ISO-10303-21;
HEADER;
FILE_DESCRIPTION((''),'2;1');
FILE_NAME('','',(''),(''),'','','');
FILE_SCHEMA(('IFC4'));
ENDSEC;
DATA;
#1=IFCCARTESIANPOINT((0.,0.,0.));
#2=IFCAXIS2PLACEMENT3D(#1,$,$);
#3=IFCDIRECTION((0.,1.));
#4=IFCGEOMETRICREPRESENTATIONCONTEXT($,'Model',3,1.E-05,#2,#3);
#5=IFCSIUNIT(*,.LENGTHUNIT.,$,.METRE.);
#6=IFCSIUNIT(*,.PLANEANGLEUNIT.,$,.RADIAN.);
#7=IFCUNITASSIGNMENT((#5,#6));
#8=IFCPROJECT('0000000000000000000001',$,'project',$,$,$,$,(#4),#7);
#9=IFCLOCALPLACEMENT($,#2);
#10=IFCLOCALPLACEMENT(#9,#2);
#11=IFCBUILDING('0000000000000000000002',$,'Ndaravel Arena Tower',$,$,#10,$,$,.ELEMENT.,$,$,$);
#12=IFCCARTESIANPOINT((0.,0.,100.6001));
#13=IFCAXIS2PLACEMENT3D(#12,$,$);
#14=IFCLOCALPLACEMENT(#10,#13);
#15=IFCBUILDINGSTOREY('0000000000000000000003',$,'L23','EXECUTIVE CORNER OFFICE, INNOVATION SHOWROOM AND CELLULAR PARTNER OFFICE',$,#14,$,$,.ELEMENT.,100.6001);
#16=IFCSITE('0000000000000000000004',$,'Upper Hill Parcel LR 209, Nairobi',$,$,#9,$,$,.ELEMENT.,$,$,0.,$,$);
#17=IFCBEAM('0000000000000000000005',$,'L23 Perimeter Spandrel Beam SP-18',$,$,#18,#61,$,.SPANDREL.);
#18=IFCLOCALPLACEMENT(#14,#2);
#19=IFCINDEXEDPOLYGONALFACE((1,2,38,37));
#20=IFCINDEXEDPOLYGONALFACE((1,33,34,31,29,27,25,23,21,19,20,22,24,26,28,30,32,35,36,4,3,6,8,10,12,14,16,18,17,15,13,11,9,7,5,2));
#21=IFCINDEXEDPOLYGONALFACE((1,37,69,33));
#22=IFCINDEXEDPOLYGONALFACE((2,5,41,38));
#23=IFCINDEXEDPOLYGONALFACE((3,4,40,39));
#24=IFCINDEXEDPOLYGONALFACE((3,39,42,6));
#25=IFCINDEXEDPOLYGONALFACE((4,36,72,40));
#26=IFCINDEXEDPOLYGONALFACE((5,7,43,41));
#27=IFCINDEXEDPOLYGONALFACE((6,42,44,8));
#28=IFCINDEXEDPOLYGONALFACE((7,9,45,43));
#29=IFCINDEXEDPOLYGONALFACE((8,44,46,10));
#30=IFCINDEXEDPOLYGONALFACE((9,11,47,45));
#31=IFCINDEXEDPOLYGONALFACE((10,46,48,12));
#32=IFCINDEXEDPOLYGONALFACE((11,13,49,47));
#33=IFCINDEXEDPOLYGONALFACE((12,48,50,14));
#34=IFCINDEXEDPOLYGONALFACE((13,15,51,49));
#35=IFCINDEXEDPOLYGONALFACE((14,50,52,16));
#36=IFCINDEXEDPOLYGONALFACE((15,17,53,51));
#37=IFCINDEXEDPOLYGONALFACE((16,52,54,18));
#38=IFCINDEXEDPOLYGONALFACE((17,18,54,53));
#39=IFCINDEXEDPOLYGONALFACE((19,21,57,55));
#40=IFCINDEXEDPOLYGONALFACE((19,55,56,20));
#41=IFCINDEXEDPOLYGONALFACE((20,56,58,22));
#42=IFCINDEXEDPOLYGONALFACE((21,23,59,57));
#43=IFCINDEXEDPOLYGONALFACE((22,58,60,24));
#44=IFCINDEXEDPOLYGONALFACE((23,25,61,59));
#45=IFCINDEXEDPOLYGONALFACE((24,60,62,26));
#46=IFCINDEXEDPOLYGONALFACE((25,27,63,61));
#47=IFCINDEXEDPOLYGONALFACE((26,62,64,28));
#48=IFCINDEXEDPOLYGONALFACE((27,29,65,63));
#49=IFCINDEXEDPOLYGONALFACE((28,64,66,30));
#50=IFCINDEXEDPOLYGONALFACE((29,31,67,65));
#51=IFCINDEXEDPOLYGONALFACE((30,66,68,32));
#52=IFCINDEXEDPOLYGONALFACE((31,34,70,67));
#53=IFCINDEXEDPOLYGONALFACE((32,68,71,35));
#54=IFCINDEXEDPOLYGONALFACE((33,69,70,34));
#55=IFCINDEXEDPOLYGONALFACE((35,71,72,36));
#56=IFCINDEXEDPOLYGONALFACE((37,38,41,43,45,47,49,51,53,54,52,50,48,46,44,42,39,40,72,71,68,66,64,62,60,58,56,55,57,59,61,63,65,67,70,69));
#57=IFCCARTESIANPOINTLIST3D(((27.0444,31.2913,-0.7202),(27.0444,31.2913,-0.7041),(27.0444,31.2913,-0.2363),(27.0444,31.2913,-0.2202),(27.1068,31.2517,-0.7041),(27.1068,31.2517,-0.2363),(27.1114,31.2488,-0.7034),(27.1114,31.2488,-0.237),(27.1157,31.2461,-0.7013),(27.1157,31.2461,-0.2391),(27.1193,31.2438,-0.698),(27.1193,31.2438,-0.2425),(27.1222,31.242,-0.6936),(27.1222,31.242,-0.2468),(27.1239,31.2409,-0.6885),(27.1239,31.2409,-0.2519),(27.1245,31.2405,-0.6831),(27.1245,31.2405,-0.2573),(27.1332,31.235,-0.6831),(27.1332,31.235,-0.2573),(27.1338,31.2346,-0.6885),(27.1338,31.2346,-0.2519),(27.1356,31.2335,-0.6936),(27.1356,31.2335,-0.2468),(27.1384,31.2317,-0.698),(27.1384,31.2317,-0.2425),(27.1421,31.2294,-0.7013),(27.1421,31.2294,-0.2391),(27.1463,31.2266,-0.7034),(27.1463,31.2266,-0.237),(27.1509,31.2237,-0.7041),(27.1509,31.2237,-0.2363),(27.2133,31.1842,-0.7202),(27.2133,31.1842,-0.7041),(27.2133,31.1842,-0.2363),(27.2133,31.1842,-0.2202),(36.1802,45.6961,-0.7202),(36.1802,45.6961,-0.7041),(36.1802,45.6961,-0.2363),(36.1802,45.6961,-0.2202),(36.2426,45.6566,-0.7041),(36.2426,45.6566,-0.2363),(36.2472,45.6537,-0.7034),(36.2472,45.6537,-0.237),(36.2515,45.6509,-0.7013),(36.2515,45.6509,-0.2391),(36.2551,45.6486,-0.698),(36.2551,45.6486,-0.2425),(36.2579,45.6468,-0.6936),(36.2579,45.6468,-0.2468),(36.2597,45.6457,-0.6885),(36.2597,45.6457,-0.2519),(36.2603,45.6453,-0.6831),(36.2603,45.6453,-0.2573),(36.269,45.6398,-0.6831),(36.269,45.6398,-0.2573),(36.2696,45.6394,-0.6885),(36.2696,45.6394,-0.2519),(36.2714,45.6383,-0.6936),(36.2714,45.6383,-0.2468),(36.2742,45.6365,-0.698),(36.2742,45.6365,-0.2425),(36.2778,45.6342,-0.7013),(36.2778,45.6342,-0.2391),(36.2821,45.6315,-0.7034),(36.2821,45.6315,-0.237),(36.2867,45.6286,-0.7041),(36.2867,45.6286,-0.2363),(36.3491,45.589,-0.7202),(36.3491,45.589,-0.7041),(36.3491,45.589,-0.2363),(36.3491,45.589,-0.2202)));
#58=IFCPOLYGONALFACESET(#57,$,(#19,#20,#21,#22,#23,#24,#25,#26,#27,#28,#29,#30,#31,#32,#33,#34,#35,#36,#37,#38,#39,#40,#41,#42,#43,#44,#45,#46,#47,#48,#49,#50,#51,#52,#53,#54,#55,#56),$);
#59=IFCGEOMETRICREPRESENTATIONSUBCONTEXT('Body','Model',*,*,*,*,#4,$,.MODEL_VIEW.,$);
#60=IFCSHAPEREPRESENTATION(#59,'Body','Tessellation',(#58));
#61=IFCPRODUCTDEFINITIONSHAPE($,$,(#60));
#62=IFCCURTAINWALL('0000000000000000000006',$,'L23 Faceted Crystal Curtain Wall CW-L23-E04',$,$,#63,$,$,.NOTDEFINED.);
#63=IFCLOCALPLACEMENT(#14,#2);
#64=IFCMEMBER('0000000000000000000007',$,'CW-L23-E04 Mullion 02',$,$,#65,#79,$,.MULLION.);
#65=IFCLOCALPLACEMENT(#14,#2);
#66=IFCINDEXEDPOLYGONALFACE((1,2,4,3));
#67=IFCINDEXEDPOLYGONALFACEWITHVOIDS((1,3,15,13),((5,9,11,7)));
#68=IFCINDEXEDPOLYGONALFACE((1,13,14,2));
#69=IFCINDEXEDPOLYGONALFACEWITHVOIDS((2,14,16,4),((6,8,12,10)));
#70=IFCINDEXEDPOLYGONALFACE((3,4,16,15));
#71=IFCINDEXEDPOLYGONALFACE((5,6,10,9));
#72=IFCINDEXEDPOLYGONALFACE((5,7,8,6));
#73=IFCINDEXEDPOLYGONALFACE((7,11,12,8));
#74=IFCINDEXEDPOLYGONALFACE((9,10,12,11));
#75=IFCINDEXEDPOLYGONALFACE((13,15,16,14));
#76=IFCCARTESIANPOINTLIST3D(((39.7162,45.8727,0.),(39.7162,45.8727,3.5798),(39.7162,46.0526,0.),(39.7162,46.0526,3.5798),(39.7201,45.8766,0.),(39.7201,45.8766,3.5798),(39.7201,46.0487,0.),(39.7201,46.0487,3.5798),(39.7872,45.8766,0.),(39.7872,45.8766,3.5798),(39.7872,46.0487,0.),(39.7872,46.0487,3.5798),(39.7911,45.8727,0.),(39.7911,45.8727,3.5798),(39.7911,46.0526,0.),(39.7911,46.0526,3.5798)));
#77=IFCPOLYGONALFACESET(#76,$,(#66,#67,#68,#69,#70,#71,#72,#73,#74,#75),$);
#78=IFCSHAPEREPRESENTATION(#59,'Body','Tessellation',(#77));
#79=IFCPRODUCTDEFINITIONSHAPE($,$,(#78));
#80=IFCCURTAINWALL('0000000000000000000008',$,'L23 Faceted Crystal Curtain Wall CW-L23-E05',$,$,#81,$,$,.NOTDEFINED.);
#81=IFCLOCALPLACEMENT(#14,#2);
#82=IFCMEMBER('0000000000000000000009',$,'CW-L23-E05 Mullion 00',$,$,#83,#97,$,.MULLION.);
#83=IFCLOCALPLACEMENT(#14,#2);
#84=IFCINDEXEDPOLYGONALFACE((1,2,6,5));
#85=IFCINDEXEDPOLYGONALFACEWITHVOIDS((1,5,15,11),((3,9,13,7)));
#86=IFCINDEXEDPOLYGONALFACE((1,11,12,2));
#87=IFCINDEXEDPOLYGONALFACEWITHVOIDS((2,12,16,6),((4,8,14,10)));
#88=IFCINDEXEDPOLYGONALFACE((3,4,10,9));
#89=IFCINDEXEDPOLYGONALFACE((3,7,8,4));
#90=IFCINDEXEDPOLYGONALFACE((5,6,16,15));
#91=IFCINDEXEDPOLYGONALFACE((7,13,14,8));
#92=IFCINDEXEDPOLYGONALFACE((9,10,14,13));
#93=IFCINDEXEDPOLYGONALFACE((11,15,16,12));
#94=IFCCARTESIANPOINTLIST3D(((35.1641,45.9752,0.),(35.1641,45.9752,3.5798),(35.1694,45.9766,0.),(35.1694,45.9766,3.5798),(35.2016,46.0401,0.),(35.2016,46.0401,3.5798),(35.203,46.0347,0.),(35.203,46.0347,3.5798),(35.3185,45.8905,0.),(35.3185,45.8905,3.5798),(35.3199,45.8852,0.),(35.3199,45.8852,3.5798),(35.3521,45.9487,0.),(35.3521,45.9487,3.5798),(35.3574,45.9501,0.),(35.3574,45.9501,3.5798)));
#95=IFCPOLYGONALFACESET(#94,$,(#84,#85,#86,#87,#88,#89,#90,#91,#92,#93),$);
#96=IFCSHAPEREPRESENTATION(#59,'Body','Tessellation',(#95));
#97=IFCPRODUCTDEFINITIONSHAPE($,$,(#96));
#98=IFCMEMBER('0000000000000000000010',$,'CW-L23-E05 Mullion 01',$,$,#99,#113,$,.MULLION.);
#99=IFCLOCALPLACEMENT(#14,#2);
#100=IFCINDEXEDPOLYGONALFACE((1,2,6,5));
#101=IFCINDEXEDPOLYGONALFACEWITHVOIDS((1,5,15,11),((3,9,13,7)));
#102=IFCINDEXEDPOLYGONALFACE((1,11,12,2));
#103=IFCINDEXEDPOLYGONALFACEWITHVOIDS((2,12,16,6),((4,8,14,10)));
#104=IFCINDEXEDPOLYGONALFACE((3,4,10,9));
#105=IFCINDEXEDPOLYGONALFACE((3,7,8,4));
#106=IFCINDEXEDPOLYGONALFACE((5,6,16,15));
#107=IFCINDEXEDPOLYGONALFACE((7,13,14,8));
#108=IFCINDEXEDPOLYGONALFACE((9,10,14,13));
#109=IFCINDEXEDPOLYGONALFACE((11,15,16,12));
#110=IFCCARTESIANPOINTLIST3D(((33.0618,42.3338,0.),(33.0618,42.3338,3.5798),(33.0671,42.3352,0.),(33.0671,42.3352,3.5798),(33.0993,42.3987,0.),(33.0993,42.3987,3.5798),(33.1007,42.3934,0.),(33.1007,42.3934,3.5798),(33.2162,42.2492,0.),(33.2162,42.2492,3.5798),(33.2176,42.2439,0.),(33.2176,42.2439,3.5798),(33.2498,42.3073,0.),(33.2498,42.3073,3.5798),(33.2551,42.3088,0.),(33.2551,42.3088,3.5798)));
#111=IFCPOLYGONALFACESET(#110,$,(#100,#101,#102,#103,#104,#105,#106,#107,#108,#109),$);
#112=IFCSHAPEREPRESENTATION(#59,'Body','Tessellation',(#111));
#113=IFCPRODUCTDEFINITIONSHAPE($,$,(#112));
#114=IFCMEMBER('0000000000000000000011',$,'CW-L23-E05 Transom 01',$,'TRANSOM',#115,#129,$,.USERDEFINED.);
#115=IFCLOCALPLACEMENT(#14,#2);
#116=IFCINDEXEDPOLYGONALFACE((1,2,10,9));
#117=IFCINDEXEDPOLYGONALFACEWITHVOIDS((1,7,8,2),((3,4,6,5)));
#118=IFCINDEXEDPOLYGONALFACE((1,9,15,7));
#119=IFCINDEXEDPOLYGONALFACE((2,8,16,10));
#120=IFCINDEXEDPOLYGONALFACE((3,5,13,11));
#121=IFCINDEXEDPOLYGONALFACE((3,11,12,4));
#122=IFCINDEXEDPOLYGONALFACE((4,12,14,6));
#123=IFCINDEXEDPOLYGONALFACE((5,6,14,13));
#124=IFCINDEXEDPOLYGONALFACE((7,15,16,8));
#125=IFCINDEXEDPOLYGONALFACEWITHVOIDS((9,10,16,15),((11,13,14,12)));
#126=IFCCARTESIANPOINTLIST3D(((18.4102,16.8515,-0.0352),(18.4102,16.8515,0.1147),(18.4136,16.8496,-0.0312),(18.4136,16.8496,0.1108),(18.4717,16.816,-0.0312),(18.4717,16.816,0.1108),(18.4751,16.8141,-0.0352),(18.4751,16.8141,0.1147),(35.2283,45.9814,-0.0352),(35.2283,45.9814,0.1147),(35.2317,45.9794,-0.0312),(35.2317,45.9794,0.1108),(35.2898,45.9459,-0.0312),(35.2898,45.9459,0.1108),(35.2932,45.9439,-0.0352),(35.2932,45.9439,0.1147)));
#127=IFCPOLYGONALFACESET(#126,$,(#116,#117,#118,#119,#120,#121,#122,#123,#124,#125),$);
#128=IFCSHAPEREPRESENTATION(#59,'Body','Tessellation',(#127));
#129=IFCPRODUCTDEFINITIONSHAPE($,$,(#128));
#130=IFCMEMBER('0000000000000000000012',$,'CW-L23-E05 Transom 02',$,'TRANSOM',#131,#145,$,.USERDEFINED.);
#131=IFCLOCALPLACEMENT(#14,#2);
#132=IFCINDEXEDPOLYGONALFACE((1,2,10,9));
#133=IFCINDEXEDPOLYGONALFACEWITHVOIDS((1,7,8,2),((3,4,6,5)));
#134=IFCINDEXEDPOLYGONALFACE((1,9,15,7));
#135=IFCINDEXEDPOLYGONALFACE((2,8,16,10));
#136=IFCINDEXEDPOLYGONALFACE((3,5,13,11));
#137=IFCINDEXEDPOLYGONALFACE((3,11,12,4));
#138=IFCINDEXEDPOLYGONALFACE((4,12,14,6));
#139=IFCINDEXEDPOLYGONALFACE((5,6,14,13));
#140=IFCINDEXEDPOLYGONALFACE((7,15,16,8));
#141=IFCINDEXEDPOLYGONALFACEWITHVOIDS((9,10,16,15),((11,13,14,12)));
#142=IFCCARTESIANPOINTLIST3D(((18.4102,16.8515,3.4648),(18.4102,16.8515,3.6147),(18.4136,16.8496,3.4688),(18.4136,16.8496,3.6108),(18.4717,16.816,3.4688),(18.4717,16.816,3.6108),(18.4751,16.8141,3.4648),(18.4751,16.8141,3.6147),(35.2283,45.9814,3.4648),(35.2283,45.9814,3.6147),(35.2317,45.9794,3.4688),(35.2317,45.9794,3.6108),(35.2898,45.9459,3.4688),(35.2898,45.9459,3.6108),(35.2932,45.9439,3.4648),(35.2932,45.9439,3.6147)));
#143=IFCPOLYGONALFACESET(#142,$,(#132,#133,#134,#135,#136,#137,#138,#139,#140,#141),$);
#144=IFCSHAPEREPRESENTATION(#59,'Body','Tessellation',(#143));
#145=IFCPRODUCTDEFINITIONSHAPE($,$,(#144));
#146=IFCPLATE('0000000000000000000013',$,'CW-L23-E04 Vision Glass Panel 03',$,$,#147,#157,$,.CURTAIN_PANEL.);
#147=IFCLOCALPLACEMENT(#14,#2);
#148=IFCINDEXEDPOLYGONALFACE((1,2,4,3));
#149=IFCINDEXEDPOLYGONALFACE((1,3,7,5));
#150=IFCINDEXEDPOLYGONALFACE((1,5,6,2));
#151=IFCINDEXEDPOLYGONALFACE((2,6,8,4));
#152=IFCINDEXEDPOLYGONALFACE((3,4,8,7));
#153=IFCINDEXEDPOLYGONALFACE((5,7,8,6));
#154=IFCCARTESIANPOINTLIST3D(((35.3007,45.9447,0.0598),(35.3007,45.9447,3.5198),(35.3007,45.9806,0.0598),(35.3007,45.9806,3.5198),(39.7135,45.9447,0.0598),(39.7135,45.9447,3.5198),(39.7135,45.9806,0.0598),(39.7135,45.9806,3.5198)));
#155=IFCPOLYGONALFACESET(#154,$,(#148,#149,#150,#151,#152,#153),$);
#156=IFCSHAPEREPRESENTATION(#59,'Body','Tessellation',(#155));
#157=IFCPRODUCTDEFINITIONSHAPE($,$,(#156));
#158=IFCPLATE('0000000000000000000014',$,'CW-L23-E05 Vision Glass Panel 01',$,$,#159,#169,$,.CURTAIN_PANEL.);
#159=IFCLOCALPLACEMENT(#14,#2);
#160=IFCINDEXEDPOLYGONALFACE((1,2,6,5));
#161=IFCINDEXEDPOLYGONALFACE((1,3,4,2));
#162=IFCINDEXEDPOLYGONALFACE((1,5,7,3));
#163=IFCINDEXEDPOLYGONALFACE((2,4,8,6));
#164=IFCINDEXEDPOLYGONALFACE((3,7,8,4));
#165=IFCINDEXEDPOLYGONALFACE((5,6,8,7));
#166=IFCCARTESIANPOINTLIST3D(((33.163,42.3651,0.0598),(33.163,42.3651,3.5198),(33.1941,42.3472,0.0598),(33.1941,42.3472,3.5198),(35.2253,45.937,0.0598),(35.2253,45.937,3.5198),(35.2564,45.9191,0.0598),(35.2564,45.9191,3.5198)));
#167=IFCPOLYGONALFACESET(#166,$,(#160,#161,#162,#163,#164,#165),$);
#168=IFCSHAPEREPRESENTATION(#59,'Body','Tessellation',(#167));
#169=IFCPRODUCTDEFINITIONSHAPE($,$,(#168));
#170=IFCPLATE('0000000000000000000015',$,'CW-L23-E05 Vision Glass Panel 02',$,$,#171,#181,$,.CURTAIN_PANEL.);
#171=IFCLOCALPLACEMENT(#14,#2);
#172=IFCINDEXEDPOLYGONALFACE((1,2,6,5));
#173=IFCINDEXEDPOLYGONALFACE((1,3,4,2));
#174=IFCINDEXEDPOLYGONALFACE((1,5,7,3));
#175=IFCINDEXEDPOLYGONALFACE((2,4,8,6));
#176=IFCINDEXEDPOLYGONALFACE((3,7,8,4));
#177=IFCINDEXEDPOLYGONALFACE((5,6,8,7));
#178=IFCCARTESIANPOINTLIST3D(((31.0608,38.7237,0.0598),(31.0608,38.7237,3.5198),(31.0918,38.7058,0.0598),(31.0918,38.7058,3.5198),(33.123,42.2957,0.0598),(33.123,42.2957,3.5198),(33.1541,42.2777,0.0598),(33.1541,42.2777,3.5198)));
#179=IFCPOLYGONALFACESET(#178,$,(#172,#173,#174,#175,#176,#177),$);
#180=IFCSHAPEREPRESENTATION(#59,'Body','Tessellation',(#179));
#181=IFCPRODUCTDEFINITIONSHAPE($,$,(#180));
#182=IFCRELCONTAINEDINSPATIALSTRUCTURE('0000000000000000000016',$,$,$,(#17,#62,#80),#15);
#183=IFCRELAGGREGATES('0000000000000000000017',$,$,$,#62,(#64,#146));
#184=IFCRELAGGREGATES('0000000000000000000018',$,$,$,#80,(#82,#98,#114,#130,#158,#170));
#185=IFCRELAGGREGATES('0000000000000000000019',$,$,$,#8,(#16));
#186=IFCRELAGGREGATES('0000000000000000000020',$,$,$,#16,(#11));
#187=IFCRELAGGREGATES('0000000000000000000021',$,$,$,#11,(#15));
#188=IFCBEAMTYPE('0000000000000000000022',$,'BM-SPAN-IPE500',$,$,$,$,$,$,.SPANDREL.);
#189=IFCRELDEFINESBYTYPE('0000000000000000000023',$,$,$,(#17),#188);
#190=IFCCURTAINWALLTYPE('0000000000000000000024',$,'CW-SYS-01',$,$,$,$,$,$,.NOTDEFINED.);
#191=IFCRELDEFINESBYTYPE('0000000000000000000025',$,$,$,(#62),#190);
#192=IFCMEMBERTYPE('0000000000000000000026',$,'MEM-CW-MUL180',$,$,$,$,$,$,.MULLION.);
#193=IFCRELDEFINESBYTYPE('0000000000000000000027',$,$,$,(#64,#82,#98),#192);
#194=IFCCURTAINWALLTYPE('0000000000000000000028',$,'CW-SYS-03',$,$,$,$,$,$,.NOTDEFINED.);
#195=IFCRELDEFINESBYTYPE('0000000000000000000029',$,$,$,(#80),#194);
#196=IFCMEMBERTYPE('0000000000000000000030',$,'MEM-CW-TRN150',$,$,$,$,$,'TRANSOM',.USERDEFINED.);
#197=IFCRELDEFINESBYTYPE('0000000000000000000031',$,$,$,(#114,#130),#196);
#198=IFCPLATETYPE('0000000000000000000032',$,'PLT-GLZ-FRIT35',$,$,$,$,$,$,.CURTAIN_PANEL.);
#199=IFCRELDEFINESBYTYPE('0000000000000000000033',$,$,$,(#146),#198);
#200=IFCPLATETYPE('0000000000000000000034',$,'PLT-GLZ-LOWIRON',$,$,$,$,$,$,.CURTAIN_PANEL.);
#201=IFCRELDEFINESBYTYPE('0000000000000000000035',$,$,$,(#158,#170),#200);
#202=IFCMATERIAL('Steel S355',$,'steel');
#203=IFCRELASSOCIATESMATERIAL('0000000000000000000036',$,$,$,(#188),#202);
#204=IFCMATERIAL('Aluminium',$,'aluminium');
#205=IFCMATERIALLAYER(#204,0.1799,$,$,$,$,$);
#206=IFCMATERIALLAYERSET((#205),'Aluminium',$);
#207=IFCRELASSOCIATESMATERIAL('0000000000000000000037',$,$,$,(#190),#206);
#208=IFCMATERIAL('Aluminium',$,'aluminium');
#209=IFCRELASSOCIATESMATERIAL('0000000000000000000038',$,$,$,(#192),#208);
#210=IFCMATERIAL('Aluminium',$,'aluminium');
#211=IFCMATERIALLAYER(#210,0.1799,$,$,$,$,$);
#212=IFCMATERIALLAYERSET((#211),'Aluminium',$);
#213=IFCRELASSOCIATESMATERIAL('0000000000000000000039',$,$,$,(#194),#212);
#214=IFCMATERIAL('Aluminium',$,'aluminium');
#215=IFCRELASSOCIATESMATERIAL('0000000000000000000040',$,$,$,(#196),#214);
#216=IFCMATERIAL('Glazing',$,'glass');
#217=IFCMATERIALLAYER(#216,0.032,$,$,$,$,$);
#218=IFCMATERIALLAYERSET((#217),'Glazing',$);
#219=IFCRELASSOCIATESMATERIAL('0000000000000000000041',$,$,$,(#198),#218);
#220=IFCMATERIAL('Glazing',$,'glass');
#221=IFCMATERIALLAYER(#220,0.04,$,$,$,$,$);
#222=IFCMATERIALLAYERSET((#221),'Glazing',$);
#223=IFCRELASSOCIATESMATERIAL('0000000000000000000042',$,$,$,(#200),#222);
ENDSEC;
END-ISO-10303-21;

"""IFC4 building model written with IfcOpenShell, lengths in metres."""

from ifc_helpers import new_model, si_unit, direction, frame, origin, origin_2d, place, context, subcontext, project, spatial, rectangle, hollow_rectangle, i_section, extrude, material, layer, layer_set, material_profile, profile_set, type_object, element, aggregate, save


model = new_model("IFC4")

# Units and contexts
model_context = context("Model", 3, precision=1e-05, world=origin(), true_north=direction((0.0, 1.0)))
body_context = subcontext(model_context, "Body", "Model", "MODEL_VIEW")
ifc_project = project(units=[si_unit("LENGTHUNIT", "METRE"), si_unit("PLANEANGLEUNIT", "RADIAN")], contexts=[model_context])

# Site, building, storey
site_placement = place(None, origin())
site = spatial("IfcSite", under=ifc_project, at=site_placement, Name="Upper Hill Parcel LR 209, Nairobi", CompositionType="ELEMENT", RefElevation=0.0)
building_placement = place(site_placement, origin())
building = spatial("IfcBuilding", under=site, at=building_placement, Name="Ndaravel Arena Tower", CompositionType="ELEMENT")
storey_placement = place(building_placement, frame((0.0, 0.0, 100.6001)))
storey = spatial("IfcBuildingStorey", under=building, at=storey_placement, Name="L23", Description="EXECUTIVE CORNER OFFICE, INNOVATION SHOWROOM AND CELLULAR PARTNER OFFICE", CompositionType="ELEMENT", Elevation=100.6001)

# Beam
ifc_material_1 = material(Name="Steel S355", Category="steel")
ifc_material_profile_1 = material_profile(ifc_material_1, i_section(OverallWidth=0.2, OverallDepth=0.5, WebThickness=0.0103, FlangeThickness=0.0161, FilletRadius=0.021, at=origin_2d()), Name="IPE 500")
ifc_profile_set_1 = profile_set([ifc_material_profile_1], Name="Steel S355")
beam_type_1 = type_object("IfcBeamType", Name="BM-SPAN-IPE500", PredefinedType="SPANDREL", material=ifc_profile_set_1)
beam_1_placement = place(storey_placement, frame((36.2646, 45.6426, -0.4702), z_axis=(-0.535584, -0.844482, 0.0), x_axis=(0.844482, -0.535584, 0.0)))
element("IfcBeam", 1, at=beam_1_placement, inside=storey, type_object=beam_type_1, Name="L23 Perimeter Spandrel Beam SP-18", PredefinedType="SPANDREL", context=body_context, shape_type="SweptSolid", body=[
    extrude(i_section(OverallWidth=0.2, OverallDepth=0.5, WebThickness=0.0103, FlangeThickness=0.0161, FilletRadius=0.021, at=origin_2d()), origin(), (0.0, 0.0, 1.0), 17.0576),
])

# Curtain wall, member
ifc_material_2 = material(Name="Aluminium", Category="aluminium")
ifc_layer_1 = layer(ifc_material_2, 0.1799)
ifc_layer_set_1 = layer_set([ifc_layer_1], Name="Aluminium")
curtain_wall_type_1 = type_object("IfcCurtainWallType", Name="CW-SYS-01", PredefinedType="NOTDEFINED", material=ifc_layer_set_1)
curtain_wall_1_placement = place(storey_placement, origin())
curtain_wall_1 = element("IfcCurtainWall", 2, at=curtain_wall_1_placement, inside=storey, type_object=curtain_wall_type_1, Name="L23 Faceted Crystal Curtain Wall CW-L23-E04", PredefinedType="NOTDEFINED")
ifc_material_3 = material(Name="Aluminium", Category="aluminium")
ifc_material_profile_2 = material_profile(ifc_material_3, hollow_rectangle(XDim=0.075, YDim=0.1799, WallThickness=0.0039, at=origin_2d()), Name="CW MULLION 75x180x4")
ifc_profile_set_2 = profile_set([ifc_material_profile_2], Name="Aluminium")
member_type_1 = type_object("IfcMemberType", Name="MEM-CW-MUL180", PredefinedType="MULLION", material=ifc_profile_set_2)
member_1_placement = place(storey_placement, frame((39.7537, 45.9626, 0.0), z_axis=(0.0, 0.0, 1.0), x_axis=(-1.0, 0.0, 0.0)))
member_1 = element("IfcMember", 3, at=member_1_placement, type_object=member_type_1, Name="CW-L23-E04 Mullion 02", PredefinedType="MULLION", context=body_context, shape_type="SweptSolid", body=[
    extrude(hollow_rectangle(XDim=0.075, YDim=0.1799, WallThickness=0.0039, at=origin_2d()), origin(), (0.0, 0.0, 1.0), 3.5798),
])

# Curtain wall, members
ifc_material_4 = material(Name="Aluminium", Category="aluminium")
ifc_layer_2 = layer(ifc_material_4, 0.1799)
ifc_layer_set_2 = layer_set([ifc_layer_2], Name="Aluminium")
curtain_wall_type_2 = type_object("IfcCurtainWallType", Name="CW-SYS-03", PredefinedType="NOTDEFINED", material=ifc_layer_set_2)
curtain_wall_2_placement = place(storey_placement, origin())
curtain_wall_2 = element("IfcCurtainWall", 4, at=curtain_wall_2_placement, inside=storey, type_object=curtain_wall_type_2, Name="L23 Faceted Crystal Curtain Wall CW-L23-E05", PredefinedType="NOTDEFINED")
member_2_placement = place(storey_placement, frame((35.2607, 45.9626, 0.0), z_axis=(0.0, 0.0, 1.0), x_axis=(-0.5, -0.866025, 0.0)))
member_2 = element("IfcMember", 5, at=member_2_placement, type_object=member_type_1, Name="CW-L23-E05 Mullion 00", PredefinedType="MULLION", context=body_context, shape_type="SweptSolid", body=[
    extrude(hollow_rectangle(XDim=0.075, YDim=0.1799, WallThickness=0.0039, at=origin_2d()), origin(), (0.0, 0.0, 1.0), 3.5798),
])
member_3_placement = place(storey_placement, frame((33.1584, 42.3213, 0.0), z_axis=(0.0, 0.0, 1.0), x_axis=(-0.5, -0.866025, 0.0)))
member_3 = element("IfcMember", 6, at=member_3_placement, type_object=member_type_1, Name="CW-L23-E05 Mullion 01", PredefinedType="MULLION", context=body_context, shape_type="SweptSolid", body=[
    extrude(hollow_rectangle(XDim=0.075, YDim=0.1799, WallThickness=0.0039, at=origin_2d()), origin(), (0.0, 0.0, 1.0), 3.5798),
])
ifc_material_5 = material(Name="Aluminium", Category="aluminium")
ifc_material_profile_3 = material_profile(ifc_material_5, hollow_rectangle(XDim=0.075, YDim=0.1499, WallThickness=0.0039, at=origin_2d()), Name="CW TRANSOM 75x150x4")
ifc_profile_set_3 = profile_set([ifc_material_profile_3], Name="Aluminium")
member_type_2 = type_object("IfcMemberType", Name="MEM-CW-TRN150", ElementType="TRANSOM", PredefinedType="USERDEFINED", material=ifc_profile_set_3)
member_4_placement = place(storey_placement, frame((35.2607, 45.9626, 0.0398), z_axis=(-0.499999, -0.866026, 0.0), x_axis=(0.866026, -0.499999, 0.0)))
member_4 = element("IfcMember", 7, at=member_4_placement, type_object=member_type_2, Name="CW-L23-E05 Transom 01", ObjectType="TRANSOM", PredefinedType="USERDEFINED", context=body_context, shape_type="SweptSolid", body=[
    extrude(hollow_rectangle(XDim=0.075, YDim=0.1499, WallThickness=0.0039, at=origin_2d()), origin(), (0.0, 0.0, 1.0), 33.6362),
])
member_5_placement = place(storey_placement, frame((35.2607, 45.9626, 3.5398), z_axis=(-0.499999, -0.866026, 0.0), x_axis=(0.866026, -0.499999, 0.0)))
member_5 = element("IfcMember", 8, at=member_5_placement, type_object=member_type_2, Name="CW-L23-E05 Transom 02", ObjectType="TRANSOM", PredefinedType="USERDEFINED", context=body_context, shape_type="SweptSolid", body=[
    extrude(hollow_rectangle(XDim=0.075, YDim=0.1499, WallThickness=0.0039, at=origin_2d()), origin(), (0.0, 0.0, 1.0), 33.6362),
])

# Plates
ifc_material_6 = material(Name="Glazing", Category="glass")
ifc_layer_3 = layer(ifc_material_6, 0.032)
ifc_layer_set_3 = layer_set([ifc_layer_3], Name="Glazing")
plate_type_1 = type_object("IfcPlateType", Name="PLT-GLZ-FRIT35", PredefinedType="CURTAIN_PANEL", material=ifc_layer_set_3)
plate_1_placement = place(storey_placement, frame((37.5071, 45.9626, 0.0598), z_axis=(0.0, 0.0, 1.0), x_axis=(-1.0, 0.0, 0.0)))
plate_1 = element("IfcPlate", 9, at=plate_1_placement, type_object=plate_type_1, Name="CW-L23-E04 Vision Glass Panel 03", PredefinedType="CURTAIN_PANEL", context=body_context, shape_type="SweptSolid", body=[
    extrude(rectangle(XDim=4.4128, YDim=0.0359, at=origin_2d()), origin(), (0.0, 0.0, 1.0), 3.46),
])
aggregate(curtain_wall_1, [member_1, plate_1])
ifc_material_7 = material(Name="Glazing", Category="glass")
ifc_layer_4 = layer(ifc_material_7, 0.04)
ifc_layer_set_4 = layer_set([ifc_layer_4], Name="Glazing")
plate_type_2 = type_object("IfcPlateType", Name="PLT-GLZ-LOWIRON", PredefinedType="CURTAIN_PANEL", material=ifc_layer_set_4)
plate_2_placement = place(storey_placement, frame((34.2097, 44.1421, 0.0598), z_axis=(0.0, 0.0, 1.0), x_axis=(-0.5, -0.866025, 0.0)))
plate_2 = element("IfcPlate", 10, at=plate_2_placement, type_object=plate_type_2, Name="CW-L23-E05 Vision Glass Panel 01", PredefinedType="CURTAIN_PANEL", context=body_context, shape_type="SweptSolid", body=[
    extrude(rectangle(XDim=4.1245, YDim=0.0359, at=origin_2d()), origin(), (0.0, 0.0, 1.0), 3.46),
])
plate_3_placement = place(storey_placement, frame((32.1074, 40.5007, 0.0598), z_axis=(0.0, 0.0, 1.0), x_axis=(-0.5, -0.866025, 0.0)))
plate_3 = element("IfcPlate", 11, at=plate_3_placement, type_object=plate_type_2, Name="CW-L23-E05 Vision Glass Panel 02", PredefinedType="CURTAIN_PANEL", context=body_context, shape_type="SweptSolid", body=[
    extrude(rectangle(XDim=4.1245, YDim=0.0359, at=origin_2d()), origin(), (0.0, 0.0, 1.0), 3.46),
])
aggregate(curtain_wall_2, [member_2, member_3, member_4, member_5, plate_2, plate_3])

save(model, "model.ifc")
